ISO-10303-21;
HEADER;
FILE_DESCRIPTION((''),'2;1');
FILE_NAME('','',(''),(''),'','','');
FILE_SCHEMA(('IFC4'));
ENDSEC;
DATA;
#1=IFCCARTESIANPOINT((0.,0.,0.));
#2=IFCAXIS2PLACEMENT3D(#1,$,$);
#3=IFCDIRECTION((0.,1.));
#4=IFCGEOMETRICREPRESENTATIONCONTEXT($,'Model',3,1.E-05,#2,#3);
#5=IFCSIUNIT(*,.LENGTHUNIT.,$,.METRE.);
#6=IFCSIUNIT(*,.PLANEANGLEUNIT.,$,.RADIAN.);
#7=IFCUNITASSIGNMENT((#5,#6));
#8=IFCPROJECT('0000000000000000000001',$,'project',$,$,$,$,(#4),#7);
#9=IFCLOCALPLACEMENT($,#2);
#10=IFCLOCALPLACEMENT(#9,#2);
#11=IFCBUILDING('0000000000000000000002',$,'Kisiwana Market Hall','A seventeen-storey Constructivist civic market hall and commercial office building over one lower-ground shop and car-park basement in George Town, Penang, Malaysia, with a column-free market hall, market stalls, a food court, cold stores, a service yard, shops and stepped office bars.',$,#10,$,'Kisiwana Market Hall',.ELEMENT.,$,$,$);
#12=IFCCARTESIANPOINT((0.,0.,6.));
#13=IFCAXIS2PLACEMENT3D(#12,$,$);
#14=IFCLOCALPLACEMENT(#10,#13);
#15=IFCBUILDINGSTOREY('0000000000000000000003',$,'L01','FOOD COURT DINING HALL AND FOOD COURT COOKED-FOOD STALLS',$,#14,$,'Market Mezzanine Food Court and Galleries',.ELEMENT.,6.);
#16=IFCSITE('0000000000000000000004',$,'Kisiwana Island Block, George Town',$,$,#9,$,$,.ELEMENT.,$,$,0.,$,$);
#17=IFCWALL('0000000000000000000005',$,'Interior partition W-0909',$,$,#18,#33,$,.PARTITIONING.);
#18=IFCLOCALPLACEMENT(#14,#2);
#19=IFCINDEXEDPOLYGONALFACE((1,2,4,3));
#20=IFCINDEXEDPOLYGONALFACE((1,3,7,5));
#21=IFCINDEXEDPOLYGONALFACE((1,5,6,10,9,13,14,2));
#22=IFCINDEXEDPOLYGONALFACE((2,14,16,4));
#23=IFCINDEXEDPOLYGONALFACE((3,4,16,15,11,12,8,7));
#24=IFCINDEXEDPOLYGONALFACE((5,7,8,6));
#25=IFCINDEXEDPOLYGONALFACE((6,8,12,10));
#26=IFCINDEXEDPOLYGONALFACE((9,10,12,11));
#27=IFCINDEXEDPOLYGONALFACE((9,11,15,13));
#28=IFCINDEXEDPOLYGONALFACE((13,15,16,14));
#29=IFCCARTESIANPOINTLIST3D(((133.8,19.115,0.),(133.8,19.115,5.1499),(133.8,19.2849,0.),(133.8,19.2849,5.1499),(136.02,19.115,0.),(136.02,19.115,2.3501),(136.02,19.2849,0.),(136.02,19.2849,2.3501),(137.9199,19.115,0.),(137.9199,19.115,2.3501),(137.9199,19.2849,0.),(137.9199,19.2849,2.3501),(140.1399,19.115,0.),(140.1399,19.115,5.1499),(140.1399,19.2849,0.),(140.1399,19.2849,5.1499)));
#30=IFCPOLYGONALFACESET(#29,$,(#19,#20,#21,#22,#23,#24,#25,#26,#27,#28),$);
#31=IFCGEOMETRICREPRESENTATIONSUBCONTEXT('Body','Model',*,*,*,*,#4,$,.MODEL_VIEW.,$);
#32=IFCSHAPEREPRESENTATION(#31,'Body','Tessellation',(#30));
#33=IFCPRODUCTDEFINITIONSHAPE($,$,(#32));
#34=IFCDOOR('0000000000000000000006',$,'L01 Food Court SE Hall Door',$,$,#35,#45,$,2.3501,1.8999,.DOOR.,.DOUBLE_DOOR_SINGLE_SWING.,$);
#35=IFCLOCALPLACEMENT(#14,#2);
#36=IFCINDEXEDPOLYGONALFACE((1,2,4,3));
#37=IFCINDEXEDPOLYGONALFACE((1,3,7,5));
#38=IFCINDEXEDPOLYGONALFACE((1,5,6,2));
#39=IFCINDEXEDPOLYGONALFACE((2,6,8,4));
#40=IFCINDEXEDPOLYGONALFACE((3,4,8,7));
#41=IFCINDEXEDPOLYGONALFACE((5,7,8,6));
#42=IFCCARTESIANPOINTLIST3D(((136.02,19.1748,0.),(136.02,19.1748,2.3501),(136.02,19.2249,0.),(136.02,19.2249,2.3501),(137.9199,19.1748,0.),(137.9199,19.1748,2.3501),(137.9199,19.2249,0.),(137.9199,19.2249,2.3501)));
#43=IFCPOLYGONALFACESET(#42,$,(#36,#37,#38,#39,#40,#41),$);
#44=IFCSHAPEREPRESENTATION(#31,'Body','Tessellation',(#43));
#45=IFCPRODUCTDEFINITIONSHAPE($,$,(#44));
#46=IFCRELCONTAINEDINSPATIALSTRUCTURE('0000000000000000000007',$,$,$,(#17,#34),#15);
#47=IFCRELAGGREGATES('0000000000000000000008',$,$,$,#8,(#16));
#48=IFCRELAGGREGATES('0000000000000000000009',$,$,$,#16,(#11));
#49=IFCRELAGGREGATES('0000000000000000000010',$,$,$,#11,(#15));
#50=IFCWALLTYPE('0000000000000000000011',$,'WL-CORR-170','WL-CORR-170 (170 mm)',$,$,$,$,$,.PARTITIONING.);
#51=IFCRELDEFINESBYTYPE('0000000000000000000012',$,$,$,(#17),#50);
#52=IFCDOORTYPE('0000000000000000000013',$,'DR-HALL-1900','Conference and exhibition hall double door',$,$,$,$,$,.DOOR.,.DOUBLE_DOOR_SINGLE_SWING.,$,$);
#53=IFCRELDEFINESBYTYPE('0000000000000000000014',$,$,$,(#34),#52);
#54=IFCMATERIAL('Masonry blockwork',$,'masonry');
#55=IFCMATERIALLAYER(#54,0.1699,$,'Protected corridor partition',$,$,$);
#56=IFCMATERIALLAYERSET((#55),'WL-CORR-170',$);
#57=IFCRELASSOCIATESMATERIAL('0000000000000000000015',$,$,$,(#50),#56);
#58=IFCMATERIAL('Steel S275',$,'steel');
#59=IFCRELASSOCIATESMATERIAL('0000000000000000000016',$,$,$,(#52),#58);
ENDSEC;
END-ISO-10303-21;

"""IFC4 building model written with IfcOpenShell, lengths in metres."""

from ifc_helpers import new_model, si_unit, direction, frame, frame_2d, origin, place, context, subcontext, project, spatial, rectangle, extrude, material, layer, layer_set, type_object, element, fill, save


model = new_model("IFC4")

# Units and contexts
model_context = context("Model", 3, precision=1e-05, world=origin(), true_north=direction((0.0, 1.0)))
body_context = subcontext(model_context, "Body", "Model", "MODEL_VIEW")
ifc_project = project(units=[si_unit("LENGTHUNIT", "METRE"), si_unit("PLANEANGLEUNIT", "RADIAN")], contexts=[model_context])

# Site, building, storey
site_placement = place(None, origin())
site = spatial("IfcSite", under=ifc_project, at=site_placement, Name="Kisiwana Island Block, George Town", CompositionType="ELEMENT", RefElevation=0.0)
building_placement = place(site_placement, origin())
building = spatial("IfcBuilding", under=site, at=building_placement, Name="Kisiwana Market Hall", Description="A seventeen-storey Constructivist civic market hall and commercial office building over one lower-ground shop and car-park basement in George Town, Penang, Malaysia, with a column-free market hall, market stalls, a food court, cold stores, a service yard, shops and stepped office bars.", LongName="Kisiwana Market Hall", CompositionType="ELEMENT")
storey_placement = place(building_placement, frame((0.0, 0.0, 6.0)))
storey = spatial("IfcBuildingStorey", under=building, at=storey_placement, Name="L01", Description="FOOD COURT DINING HALL AND FOOD COURT COOKED-FOOD STALLS", LongName="Market Mezzanine Food Court and Galleries", CompositionType="ELEMENT", Elevation=6.0)

# Wall, opening, door
ifc_material_1 = material(Name="Masonry blockwork", Category="masonry")
ifc_layer_1 = layer(ifc_material_1, 0.1699, Name="Protected corridor partition")
ifc_layer_set_1 = layer_set([ifc_layer_1], Name="WL-CORR-170")
wall_type_1 = type_object("IfcWallType", Name="WL-CORR-170", Description="WL-CORR-170 (170 mm)", PredefinedType="PARTITIONING", material=ifc_layer_set_1)
wall_1_placement = place(storey_placement, frame((133.8, 19.2, 0.0), z_axis=(0.0, 0.0, 1.0), x_axis=(1.0, 0.0, 0.0)))
wall_1 = element("IfcWall", 1, at=wall_1_placement, inside=storey, type_object=wall_type_1, Name="Interior partition W-0909", PredefinedType="PARTITIONING", context=body_context, shape_type="SweptSolid", body=[
    extrude(rectangle(XDim=6.3398, YDim=0.1699, at=frame_2d((3.1699, 0.0))), origin(), (0.0, 0.0, 1.0), 5.1499),
])
opening_1_placement = place(wall_1_placement, frame((2.22, 0.0, 0.0)))
opening_1 = element("IfcOpeningElement", 2, at=opening_1_placement, cuts=wall_1, PredefinedType="OPENING", context=body_context, shape_type="SweptSolid", body=[
    extrude(rectangle(XDim=1.8999, YDim=2.3501, at=frame_2d((0.95, 1.175))), frame((0.0, 0.0969, 0.0), z_axis=(0.0, -1.0, 0.0), x_axis=(1.0, 0.0, 0.0)), (0.0, 0.0, 1.0), 0.1938),
])
ifc_material_2 = material(Name="Steel S275", Category="steel")
door_type_1 = type_object("IfcDoorType", Name="DR-HALL-1900", Description="Conference and exhibition hall double door", OperationType="DOUBLE_DOOR_SINGLE_SWING", PredefinedType="DOOR", material=ifc_material_2)
door_1_placement = place(opening_1_placement, origin())
door_1 = element("IfcDoor", 3, at=door_1_placement, inside=storey, type_object=door_type_1, Name="L01 Food Court SE Hall Door", OperationType="DOUBLE_DOOR_SINGLE_SWING", OverallHeight=2.3501, OverallWidth=1.8999, PredefinedType="DOOR", context=body_context, shape_type="SweptSolid", body=[
    extrude(rectangle(XDim=1.8999, YDim=2.3501, at=frame_2d((0.95, 1.175))), frame((0.0, 0.0249, 0.0), z_axis=(0.0, -1.0, 0.0), x_axis=(1.0, 0.0, 0.0)), (0.0, 0.0, 1.0), 0.05),
])
fill(opening_1, door_1)

save(model, "model.ifc")
